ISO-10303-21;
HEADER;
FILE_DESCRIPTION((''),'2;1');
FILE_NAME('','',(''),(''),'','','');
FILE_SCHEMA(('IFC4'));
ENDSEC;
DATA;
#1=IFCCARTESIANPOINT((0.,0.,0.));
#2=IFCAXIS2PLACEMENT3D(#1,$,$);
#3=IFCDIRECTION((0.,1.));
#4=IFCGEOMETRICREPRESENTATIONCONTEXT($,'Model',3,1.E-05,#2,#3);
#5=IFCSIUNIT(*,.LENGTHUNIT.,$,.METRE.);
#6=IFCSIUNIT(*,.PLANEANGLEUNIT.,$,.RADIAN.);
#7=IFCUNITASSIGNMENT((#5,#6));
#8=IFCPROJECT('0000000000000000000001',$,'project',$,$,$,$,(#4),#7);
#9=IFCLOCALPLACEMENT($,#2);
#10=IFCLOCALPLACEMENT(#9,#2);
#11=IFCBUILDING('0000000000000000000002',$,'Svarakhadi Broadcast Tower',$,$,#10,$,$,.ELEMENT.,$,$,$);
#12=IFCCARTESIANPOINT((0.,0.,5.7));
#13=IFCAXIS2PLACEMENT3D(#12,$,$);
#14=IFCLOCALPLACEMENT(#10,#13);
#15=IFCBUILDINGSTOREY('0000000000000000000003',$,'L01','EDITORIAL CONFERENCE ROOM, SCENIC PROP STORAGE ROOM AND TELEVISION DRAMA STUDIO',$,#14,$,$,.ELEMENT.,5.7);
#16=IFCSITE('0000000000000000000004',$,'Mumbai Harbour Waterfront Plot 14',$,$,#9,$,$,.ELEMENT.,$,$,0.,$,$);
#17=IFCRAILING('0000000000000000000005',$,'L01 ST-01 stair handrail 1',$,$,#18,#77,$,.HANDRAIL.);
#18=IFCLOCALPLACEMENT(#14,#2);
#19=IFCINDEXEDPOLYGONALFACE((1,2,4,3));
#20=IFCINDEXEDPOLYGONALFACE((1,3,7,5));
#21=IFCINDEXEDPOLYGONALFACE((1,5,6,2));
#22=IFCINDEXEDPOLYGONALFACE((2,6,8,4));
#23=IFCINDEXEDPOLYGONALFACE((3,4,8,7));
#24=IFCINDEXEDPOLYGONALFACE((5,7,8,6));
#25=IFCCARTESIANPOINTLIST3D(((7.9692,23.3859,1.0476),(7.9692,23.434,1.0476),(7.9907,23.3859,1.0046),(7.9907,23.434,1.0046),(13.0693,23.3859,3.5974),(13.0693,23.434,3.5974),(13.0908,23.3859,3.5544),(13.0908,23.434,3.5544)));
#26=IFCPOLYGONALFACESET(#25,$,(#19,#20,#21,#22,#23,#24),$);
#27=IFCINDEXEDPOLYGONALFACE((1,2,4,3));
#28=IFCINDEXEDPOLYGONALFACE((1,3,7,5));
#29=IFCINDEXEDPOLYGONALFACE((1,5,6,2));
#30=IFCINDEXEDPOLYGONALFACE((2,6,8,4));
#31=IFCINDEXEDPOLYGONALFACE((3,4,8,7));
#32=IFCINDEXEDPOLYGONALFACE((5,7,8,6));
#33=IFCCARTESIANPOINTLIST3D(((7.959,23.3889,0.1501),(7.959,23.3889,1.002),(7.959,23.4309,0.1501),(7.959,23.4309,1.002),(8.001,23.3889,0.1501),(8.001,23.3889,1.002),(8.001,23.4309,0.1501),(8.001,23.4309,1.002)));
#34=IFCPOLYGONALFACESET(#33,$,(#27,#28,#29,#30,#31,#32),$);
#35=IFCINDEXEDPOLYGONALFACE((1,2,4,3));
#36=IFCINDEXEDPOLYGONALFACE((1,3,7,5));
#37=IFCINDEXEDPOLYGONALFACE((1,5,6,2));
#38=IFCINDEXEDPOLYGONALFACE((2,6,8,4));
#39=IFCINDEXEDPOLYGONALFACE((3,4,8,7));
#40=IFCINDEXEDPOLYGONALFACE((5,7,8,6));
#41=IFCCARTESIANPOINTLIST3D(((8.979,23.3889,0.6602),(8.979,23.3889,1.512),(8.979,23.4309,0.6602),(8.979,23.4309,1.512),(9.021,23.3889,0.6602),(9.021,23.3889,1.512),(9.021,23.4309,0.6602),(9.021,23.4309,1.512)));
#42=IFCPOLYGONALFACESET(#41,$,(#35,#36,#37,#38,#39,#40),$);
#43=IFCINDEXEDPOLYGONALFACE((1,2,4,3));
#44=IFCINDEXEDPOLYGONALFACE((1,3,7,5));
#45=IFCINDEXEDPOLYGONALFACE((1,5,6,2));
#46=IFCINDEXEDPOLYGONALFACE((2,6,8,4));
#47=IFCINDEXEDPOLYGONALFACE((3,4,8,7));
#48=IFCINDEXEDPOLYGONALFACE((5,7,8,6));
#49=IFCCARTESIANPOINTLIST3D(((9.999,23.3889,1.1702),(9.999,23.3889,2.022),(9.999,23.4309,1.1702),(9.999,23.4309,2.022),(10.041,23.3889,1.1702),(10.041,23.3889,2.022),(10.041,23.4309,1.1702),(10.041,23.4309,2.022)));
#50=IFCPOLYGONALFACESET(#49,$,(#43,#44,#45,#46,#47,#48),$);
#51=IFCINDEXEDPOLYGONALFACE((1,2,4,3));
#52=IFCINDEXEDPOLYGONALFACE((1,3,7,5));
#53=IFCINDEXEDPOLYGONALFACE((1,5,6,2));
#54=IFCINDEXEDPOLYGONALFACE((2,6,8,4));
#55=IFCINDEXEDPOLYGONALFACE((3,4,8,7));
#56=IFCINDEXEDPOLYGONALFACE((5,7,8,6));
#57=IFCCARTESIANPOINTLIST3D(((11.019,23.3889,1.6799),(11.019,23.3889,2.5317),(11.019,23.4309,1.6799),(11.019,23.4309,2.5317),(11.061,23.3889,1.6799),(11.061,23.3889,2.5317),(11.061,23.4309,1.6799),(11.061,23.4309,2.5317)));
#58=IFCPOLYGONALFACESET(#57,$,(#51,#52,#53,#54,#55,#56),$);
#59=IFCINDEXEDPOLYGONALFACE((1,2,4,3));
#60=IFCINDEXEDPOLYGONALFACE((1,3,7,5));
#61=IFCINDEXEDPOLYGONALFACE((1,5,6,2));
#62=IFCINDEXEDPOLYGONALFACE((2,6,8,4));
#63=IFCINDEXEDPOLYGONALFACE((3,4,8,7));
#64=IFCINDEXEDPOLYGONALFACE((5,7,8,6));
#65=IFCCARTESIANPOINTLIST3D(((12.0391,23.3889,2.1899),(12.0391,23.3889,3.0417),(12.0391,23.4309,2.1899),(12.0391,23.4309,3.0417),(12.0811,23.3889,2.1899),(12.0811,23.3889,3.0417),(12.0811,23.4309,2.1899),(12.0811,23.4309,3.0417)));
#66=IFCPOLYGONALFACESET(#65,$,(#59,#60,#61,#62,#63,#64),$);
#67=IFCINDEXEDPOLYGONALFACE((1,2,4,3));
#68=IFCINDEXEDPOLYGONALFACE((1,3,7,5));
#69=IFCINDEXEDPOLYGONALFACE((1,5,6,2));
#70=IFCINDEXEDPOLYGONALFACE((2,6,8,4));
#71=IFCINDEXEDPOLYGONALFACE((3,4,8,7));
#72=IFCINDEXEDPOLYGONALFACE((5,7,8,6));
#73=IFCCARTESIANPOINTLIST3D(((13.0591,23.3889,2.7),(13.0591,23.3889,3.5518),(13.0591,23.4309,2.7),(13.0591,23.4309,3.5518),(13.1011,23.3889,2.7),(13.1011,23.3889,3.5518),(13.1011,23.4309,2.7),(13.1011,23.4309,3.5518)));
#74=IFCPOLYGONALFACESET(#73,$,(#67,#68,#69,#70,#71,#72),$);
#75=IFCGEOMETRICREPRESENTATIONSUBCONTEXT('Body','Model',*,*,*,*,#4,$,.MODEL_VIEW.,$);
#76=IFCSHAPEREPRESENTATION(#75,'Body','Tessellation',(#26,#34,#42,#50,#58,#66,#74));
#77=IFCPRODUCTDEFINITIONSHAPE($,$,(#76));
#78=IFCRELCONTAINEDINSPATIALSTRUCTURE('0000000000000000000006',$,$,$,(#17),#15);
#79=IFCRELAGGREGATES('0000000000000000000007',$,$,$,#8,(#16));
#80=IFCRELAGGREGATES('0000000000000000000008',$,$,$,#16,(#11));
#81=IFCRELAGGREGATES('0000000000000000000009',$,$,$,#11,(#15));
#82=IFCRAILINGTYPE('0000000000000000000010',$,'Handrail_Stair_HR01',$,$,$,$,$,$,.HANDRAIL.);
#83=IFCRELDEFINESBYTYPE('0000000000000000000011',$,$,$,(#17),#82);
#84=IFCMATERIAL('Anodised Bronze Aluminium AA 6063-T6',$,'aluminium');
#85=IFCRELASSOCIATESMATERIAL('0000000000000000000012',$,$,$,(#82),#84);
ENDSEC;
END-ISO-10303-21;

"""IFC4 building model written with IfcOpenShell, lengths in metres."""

from ifc_helpers import new_model, si_unit, direction, frame, origin, origin_2d, place, context, subcontext, project, spatial, rectangle, extrude, material, type_object, element, save


model = new_model("IFC4")

# Units and contexts
model_context = context("Model", 3, precision=1e-05, world=origin(), true_north=direction((0.0, 1.0)))
body_context = subcontext(model_context, "Body", "Model", "MODEL_VIEW")
ifc_project = project(units=[si_unit("LENGTHUNIT", "METRE"), si_unit("PLANEANGLEUNIT", "RADIAN")], contexts=[model_context])

# Site, building, storey
site_placement = place(None, origin())
site = spatial("IfcSite", under=ifc_project, at=site_placement, Name="Mumbai Harbour Waterfront Plot 14", CompositionType="ELEMENT", RefElevation=0.0)
building_placement = place(site_placement, origin())
building = spatial("IfcBuilding", under=site, at=building_placement, Name="Svarakhadi Broadcast Tower", CompositionType="ELEMENT")
storey_placement = place(building_placement, frame((0.0, 0.0, 5.7)))
storey = spatial("IfcBuildingStorey", under=building, at=storey_placement, Name="L01", Description="EDITORIAL CONFERENCE ROOM, SCENIC PROP STORAGE ROOM AND TELEVISION DRAMA STUDIO", CompositionType="ELEMENT", Elevation=5.7)

# Shared definitions
ifc_material_1 = material(Name="Anodised Bronze Aluminium AA 6063-T6", Category="aluminium")

# Railing
railing_type_1 = type_object("IfcRailingType", Name="Handrail_Stair_HR01", PredefinedType="HANDRAIL", material=ifc_material_1)
railing_1_placement = place(storey_placement, frame((7.98, 23.4099, 0.1501)))
element("IfcRailing", 1, at=railing_1_placement, inside=storey, type_object=railing_type_1, Name="L01 ST-01 stair handrail 1", PredefinedType="HANDRAIL", context=body_context, shape_type="SweptSolid", body=[
    extrude(rectangle(XDim=0.0481, YDim=0.0481, at=origin_2d()), frame((0.0, 0.0, 0.876), z_axis=(0.894444, 0.0, 0.447179), x_axis=(0.0, 1.0, 0.0)), (0.0, 0.0, 1.0), 5.7019),
    extrude(rectangle(XDim=0.042, YDim=0.042, at=origin_2d()), origin(), (0.0, 0.0, 1.0), 0.8518),
    extrude(rectangle(XDim=0.042, YDim=0.042, at=origin_2d()), frame((1.02, 0.0, 0.51)), (0.0, 0.0, 1.0), 0.8518),
    extrude(rectangle(XDim=0.042, YDim=0.042, at=origin_2d()), frame((2.04, 0.0, 1.02)), (0.0, 0.0, 1.0), 0.8518),
    extrude(rectangle(XDim=0.042, YDim=0.042, at=origin_2d()), frame((3.0601, 0.0, 1.5298)), (0.0, 0.0, 1.0), 0.8518),
    extrude(rectangle(XDim=0.042, YDim=0.042, at=origin_2d()), frame((4.0801, 0.0, 2.0398)), (0.0, 0.0, 1.0), 0.8518),
    extrude(rectangle(XDim=0.042, YDim=0.042, at=origin_2d()), frame((5.1001, 0.0, 2.5498)), (0.0, 0.0, 1.0), 0.8518),
])

save(model, "model.ifc")
